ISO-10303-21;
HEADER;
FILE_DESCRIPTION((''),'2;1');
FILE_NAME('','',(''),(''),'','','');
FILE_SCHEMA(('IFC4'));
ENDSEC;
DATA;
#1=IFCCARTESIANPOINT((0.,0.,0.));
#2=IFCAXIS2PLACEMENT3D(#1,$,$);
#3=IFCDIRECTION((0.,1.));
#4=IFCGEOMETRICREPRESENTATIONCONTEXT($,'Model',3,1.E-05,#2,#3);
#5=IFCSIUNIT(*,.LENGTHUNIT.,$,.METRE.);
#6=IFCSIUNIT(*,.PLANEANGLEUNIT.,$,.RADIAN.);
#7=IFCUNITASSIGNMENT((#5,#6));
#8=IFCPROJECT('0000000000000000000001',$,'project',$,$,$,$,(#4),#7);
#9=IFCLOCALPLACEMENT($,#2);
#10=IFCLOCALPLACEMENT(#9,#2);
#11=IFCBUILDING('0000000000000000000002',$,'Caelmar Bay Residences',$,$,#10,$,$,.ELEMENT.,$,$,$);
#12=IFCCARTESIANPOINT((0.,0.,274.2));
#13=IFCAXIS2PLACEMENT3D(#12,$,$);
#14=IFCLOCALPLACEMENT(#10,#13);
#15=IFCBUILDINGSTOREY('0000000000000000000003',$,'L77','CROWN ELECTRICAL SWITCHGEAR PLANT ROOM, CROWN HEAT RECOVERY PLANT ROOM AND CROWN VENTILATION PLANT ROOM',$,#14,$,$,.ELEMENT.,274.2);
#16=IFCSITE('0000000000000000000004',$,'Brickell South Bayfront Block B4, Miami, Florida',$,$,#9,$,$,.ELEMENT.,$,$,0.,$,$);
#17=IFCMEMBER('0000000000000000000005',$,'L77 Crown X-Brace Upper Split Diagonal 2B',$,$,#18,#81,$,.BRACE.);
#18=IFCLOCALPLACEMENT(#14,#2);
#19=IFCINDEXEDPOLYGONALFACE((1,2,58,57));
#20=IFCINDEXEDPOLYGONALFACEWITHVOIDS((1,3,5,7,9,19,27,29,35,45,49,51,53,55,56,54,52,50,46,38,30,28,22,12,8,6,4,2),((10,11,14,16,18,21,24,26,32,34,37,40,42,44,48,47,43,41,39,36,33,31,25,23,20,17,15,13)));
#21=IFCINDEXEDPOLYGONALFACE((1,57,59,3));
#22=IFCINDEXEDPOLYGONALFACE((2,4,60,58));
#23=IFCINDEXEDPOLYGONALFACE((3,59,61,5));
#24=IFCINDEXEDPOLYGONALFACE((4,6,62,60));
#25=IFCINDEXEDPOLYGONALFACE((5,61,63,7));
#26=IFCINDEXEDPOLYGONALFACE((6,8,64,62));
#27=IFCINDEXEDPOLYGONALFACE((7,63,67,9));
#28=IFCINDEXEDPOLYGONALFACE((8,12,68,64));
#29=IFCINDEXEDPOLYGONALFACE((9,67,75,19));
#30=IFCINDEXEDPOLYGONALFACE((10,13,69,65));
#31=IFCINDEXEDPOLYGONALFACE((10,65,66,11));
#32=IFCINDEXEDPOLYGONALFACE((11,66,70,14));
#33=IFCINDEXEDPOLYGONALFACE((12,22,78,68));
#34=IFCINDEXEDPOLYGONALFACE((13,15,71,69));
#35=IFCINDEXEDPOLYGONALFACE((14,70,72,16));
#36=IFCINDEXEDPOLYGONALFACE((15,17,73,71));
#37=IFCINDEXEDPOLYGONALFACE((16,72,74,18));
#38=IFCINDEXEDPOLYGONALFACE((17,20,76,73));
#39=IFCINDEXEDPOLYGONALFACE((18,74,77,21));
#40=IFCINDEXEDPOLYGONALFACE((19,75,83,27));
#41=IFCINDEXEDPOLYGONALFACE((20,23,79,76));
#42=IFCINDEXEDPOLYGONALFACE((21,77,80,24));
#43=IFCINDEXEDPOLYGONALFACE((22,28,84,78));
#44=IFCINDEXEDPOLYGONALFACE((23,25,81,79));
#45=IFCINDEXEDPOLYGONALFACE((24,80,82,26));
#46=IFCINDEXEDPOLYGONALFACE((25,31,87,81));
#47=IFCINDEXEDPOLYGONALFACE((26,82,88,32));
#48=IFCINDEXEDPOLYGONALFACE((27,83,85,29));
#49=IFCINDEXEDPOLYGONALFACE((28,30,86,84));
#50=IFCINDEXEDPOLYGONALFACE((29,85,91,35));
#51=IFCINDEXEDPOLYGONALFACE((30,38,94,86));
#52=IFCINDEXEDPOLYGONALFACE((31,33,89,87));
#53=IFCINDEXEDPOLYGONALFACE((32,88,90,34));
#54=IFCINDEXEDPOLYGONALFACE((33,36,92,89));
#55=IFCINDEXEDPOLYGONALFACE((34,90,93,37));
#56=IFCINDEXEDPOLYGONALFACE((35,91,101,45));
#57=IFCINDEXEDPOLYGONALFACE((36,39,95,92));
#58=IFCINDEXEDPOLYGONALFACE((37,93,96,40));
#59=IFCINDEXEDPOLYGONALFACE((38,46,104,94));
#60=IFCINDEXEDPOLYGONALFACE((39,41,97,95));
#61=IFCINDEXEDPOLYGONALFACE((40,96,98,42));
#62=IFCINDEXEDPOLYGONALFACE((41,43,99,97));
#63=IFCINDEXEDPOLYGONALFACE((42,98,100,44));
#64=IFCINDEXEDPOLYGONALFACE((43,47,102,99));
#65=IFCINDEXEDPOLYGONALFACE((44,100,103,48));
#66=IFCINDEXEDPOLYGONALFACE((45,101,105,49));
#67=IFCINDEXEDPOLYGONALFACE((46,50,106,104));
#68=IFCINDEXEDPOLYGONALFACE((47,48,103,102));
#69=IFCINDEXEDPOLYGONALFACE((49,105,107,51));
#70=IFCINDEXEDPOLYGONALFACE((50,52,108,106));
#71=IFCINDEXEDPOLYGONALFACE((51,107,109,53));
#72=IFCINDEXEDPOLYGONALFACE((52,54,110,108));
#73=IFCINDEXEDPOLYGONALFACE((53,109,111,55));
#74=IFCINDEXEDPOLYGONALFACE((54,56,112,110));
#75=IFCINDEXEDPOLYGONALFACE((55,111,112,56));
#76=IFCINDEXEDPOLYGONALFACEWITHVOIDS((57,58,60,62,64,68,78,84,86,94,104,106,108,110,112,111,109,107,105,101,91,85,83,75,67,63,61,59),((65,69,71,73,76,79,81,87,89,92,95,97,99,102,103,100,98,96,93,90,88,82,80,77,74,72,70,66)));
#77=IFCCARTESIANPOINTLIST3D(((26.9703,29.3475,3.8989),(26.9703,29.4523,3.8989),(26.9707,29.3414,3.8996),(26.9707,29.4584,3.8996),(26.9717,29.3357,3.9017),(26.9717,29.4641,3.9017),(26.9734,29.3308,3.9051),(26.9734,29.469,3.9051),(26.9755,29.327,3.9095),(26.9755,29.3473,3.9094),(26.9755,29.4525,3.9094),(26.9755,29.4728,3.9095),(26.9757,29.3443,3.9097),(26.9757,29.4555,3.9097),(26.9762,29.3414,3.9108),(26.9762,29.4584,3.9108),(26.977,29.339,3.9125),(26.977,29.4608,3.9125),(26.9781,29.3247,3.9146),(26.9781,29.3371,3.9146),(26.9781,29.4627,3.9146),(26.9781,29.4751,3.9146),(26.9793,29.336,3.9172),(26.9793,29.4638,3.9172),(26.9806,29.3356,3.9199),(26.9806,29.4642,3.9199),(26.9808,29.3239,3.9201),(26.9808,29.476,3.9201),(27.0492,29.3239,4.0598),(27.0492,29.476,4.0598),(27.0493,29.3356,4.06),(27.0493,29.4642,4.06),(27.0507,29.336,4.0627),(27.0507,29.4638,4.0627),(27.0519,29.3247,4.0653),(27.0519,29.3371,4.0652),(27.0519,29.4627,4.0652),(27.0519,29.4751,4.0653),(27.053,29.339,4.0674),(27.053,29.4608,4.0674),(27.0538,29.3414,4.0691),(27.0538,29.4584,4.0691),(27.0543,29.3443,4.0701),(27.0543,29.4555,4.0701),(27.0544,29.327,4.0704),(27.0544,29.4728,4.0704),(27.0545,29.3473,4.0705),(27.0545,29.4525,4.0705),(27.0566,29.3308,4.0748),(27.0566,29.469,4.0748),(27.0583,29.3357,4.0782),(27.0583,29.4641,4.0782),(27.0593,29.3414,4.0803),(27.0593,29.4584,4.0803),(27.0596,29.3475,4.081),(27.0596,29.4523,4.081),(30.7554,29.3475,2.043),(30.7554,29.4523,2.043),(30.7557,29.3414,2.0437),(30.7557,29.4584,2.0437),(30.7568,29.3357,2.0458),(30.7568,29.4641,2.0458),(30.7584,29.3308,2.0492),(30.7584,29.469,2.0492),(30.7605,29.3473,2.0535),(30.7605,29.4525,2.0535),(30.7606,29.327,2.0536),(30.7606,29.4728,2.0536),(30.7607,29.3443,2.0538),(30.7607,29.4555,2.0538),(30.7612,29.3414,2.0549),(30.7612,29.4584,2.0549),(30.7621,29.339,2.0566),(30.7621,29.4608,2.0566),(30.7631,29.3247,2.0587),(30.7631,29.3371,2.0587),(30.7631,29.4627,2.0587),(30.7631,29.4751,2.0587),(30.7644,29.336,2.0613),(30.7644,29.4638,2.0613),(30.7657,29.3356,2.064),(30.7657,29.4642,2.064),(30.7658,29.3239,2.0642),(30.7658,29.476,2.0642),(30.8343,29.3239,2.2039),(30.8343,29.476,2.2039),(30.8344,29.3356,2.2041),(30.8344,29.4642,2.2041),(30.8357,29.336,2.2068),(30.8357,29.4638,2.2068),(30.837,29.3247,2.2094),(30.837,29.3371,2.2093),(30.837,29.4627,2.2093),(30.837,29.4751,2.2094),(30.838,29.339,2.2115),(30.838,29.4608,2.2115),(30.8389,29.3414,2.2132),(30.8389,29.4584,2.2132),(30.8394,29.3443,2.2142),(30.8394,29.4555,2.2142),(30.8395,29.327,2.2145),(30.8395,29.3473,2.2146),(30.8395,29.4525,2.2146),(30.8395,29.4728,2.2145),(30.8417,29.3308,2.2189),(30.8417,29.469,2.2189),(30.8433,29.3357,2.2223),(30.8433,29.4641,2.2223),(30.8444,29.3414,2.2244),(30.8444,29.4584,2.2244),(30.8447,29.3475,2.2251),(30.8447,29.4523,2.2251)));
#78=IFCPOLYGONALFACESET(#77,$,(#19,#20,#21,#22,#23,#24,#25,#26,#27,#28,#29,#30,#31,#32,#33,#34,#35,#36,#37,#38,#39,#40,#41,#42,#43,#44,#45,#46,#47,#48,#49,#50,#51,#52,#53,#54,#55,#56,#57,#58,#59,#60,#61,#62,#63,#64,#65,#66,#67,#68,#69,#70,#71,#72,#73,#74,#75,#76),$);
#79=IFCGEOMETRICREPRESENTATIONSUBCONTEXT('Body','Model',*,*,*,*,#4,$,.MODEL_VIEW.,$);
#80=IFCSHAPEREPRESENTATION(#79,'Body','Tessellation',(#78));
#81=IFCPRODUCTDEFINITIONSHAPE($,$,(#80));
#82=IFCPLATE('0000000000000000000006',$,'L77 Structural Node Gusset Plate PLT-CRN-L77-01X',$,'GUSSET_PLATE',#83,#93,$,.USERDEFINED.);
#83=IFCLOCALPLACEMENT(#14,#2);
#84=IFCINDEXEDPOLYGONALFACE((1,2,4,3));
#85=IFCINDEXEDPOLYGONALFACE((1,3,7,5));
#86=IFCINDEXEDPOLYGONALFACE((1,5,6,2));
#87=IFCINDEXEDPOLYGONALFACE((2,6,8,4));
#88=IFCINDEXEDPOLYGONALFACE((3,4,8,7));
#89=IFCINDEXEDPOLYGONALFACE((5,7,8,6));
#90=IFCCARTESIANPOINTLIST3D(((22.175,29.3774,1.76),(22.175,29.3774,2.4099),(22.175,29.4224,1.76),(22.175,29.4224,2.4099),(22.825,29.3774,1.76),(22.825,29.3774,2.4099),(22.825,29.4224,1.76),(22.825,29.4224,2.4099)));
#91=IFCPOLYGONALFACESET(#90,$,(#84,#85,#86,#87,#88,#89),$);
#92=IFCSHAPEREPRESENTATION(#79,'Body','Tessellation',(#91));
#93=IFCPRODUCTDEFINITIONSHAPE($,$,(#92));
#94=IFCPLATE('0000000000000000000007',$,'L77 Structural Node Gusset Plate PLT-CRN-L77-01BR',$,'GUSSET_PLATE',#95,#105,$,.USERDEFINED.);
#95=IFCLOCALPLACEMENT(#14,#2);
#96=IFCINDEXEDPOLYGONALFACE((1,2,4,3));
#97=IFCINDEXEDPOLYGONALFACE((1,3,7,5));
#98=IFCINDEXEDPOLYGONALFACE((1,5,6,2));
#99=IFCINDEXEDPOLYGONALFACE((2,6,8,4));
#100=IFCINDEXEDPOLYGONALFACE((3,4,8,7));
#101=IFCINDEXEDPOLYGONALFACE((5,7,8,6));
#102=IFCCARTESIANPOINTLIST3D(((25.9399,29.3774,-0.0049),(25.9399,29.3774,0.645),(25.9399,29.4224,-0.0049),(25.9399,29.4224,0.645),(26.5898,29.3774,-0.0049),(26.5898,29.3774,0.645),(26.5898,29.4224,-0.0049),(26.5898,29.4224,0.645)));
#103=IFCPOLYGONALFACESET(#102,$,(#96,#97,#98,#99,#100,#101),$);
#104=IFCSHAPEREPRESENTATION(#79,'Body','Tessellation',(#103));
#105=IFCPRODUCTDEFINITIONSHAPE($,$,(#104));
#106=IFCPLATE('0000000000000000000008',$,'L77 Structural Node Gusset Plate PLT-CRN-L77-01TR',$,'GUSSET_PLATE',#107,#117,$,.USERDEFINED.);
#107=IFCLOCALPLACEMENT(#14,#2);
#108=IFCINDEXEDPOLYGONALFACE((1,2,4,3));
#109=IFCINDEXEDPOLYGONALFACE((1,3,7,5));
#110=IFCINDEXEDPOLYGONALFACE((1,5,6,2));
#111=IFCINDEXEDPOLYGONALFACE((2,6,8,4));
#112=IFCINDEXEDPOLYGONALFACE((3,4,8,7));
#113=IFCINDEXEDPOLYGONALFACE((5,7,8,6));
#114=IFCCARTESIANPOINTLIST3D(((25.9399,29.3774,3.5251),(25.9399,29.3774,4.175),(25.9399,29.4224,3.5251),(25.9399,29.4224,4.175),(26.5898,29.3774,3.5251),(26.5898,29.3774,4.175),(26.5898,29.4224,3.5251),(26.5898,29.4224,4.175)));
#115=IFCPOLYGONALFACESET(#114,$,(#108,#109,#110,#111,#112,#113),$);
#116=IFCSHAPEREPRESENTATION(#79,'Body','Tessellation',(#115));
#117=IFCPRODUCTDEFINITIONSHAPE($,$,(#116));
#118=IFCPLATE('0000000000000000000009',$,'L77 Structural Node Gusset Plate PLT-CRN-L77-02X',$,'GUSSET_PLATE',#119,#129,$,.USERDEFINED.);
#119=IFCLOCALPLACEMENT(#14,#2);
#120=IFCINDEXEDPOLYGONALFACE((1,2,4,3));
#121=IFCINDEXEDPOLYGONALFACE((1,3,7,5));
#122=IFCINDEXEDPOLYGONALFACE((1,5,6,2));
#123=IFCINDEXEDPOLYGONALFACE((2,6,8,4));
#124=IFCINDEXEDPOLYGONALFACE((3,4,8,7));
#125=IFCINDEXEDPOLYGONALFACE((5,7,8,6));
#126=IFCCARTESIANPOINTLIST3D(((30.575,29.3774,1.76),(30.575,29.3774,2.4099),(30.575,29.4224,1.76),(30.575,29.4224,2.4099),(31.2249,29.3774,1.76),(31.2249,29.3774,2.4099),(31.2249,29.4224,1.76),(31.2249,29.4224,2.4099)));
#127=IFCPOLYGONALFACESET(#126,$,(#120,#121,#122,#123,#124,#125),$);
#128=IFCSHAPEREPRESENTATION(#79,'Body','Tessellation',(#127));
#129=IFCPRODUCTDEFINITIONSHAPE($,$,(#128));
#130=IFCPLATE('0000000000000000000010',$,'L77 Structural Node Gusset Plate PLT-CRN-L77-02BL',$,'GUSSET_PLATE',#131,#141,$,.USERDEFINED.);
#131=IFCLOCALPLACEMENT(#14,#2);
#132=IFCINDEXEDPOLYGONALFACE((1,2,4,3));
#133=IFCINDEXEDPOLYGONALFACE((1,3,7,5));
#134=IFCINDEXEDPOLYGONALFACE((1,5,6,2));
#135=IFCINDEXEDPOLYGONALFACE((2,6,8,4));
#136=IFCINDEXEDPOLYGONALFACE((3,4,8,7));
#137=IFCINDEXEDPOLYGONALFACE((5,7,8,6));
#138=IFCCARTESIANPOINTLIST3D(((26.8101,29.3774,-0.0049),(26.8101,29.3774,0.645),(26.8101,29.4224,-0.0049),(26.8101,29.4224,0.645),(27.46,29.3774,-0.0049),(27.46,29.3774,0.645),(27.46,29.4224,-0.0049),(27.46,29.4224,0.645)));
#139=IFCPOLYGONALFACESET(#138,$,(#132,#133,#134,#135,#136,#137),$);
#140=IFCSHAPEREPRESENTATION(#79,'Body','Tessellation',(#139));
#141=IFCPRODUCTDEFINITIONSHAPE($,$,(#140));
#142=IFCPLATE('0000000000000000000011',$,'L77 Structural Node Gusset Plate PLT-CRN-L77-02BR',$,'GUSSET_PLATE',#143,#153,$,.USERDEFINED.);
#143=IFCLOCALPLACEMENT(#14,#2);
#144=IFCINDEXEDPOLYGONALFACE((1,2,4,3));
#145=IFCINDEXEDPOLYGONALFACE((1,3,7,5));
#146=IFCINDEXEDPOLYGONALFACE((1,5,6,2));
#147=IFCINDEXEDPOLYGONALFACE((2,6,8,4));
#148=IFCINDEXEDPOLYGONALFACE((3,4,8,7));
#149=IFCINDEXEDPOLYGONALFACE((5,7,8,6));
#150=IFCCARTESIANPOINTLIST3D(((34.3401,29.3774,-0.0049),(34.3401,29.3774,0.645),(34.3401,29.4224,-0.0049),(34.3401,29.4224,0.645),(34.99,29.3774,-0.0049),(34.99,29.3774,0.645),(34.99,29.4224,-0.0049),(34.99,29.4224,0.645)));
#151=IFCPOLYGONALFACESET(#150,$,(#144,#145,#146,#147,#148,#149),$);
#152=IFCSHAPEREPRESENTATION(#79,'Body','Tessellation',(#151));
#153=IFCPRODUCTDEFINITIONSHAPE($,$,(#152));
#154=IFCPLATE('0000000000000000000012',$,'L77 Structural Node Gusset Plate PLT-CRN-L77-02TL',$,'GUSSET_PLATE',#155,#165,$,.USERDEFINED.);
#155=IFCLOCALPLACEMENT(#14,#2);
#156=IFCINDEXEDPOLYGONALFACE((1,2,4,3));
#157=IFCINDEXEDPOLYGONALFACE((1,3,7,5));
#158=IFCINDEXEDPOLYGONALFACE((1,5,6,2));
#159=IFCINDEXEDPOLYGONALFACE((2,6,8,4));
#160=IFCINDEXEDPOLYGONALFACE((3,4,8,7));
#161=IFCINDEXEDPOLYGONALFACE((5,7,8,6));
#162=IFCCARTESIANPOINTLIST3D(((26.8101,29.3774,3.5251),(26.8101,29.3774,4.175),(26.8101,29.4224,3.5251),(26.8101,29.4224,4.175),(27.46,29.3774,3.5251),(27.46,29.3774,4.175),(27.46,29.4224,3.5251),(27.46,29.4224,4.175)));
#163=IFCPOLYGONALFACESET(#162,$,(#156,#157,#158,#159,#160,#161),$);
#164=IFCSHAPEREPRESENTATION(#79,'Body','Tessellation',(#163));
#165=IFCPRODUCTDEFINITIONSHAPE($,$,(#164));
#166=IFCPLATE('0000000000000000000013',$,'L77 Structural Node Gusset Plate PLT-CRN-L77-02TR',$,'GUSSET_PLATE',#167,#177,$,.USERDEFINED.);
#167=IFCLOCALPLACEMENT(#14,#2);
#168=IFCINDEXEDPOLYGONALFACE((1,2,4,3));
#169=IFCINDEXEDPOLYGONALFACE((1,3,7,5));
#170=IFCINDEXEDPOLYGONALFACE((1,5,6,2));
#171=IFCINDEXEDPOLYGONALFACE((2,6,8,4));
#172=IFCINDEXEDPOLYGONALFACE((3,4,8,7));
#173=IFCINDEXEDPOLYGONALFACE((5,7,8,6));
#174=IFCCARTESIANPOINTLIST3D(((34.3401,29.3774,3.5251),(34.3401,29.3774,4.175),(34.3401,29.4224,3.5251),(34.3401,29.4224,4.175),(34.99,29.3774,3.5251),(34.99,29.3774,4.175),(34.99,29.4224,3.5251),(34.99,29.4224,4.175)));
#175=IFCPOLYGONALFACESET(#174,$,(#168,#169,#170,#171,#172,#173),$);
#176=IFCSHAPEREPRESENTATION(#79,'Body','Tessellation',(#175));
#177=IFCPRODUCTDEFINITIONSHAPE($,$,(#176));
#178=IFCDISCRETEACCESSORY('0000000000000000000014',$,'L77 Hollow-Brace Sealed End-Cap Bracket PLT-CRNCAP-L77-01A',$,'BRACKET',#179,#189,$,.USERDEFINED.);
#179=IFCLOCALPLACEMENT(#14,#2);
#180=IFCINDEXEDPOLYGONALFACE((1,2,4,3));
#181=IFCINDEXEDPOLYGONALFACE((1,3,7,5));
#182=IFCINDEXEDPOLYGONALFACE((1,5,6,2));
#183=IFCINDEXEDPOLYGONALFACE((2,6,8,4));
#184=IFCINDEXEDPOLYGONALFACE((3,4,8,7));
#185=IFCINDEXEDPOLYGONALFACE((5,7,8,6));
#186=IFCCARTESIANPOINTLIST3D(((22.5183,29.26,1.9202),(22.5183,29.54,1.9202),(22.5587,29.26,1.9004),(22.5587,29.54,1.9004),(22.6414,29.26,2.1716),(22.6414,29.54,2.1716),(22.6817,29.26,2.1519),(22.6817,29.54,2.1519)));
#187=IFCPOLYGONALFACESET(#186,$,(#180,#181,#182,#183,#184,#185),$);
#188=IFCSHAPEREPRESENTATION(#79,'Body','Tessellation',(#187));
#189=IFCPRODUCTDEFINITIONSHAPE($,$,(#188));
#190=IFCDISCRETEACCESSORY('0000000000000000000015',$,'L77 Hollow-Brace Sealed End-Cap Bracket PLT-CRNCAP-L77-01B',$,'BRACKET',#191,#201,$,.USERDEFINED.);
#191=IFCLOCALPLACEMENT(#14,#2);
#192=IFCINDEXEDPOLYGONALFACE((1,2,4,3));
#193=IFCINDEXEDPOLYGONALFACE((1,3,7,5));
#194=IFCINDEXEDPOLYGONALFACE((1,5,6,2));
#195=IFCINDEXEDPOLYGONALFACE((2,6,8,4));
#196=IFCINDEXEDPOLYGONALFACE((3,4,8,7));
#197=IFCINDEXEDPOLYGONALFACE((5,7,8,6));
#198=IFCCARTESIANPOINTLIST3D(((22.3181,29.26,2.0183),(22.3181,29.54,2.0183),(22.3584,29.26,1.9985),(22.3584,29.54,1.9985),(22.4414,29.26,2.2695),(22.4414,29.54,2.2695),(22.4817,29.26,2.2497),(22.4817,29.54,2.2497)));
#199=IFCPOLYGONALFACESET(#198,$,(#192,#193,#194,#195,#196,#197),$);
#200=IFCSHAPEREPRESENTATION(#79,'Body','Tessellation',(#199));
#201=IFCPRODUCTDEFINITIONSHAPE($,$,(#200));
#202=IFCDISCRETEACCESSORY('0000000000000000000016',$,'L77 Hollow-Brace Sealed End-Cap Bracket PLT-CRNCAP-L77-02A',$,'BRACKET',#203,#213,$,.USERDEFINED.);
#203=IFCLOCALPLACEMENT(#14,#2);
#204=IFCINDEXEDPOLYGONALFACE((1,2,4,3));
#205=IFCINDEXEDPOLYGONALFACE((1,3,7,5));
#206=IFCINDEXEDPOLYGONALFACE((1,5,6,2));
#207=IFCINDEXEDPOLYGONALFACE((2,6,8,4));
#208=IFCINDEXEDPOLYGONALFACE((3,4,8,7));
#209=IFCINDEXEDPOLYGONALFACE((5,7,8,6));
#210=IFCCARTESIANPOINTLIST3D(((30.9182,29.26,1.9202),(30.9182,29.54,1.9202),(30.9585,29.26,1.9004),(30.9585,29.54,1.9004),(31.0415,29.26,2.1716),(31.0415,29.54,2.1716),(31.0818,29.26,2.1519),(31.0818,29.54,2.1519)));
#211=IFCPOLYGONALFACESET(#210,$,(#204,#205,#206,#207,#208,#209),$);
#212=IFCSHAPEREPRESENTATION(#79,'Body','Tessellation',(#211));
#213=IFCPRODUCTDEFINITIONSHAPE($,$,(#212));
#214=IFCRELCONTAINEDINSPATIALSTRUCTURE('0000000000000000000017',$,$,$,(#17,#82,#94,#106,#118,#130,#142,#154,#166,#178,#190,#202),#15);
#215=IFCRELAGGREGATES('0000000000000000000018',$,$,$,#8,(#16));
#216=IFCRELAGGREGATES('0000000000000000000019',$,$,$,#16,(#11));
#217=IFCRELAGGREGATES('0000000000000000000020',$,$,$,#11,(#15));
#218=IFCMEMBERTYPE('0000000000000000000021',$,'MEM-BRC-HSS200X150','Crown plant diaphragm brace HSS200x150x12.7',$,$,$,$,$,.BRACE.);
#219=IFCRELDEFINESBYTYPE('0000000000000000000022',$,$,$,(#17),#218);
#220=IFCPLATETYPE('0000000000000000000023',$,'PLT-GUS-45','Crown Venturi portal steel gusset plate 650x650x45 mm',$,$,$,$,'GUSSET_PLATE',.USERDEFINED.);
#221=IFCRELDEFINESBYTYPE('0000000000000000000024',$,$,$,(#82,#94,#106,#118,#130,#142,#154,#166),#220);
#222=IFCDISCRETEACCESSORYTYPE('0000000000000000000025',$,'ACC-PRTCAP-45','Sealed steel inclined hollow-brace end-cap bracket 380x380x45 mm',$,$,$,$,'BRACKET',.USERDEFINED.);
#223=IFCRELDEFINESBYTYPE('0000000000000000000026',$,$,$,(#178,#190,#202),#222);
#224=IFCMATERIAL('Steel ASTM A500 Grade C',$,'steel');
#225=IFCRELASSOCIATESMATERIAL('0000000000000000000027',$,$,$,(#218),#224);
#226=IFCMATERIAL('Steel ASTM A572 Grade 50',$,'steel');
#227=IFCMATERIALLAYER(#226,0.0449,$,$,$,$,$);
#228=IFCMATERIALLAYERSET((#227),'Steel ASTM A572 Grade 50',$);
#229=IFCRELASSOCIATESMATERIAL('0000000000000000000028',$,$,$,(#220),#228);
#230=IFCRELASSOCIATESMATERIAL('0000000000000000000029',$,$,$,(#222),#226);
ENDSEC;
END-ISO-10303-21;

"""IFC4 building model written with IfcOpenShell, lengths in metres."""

from ifc_helpers import new_model, si_unit, direction, frame, origin, origin_2d, place, context, subcontext, project, spatial, polyline, rectangle, hollow_rectangle, outline, extrude, material, layer, layer_set, material_profile, profile_set, type_object, element, save


model = new_model("IFC4")

# Units and contexts
model_context = context("Model", 3, precision=1e-05, world=origin(), true_north=direction((0.0, 1.0)))
body_context = subcontext(model_context, "Body", "Model", "MODEL_VIEW")
ifc_project = project(units=[si_unit("LENGTHUNIT", "METRE"), si_unit("PLANEANGLEUNIT", "RADIAN")], contexts=[model_context])

# Site, building, storey
site_placement = place(None, origin())
site = spatial("IfcSite", under=ifc_project, at=site_placement, Name="Brickell South Bayfront Block B4, Miami, Florida", CompositionType="ELEMENT", RefElevation=0.0)
building_placement = place(site_placement, origin())
building = spatial("IfcBuilding", under=site, at=building_placement, Name="Caelmar Bay Residences", CompositionType="ELEMENT")
storey_placement = place(building_placement, frame((0.0, 0.0, 274.2)))
storey = spatial("IfcBuildingStorey", under=building, at=storey_placement, Name="L77", Description="CROWN ELECTRICAL SWITCHGEAR PLANT ROOM, CROWN HEAT RECOVERY PLANT ROOM AND CROWN VENTILATION PLANT ROOM", CompositionType="ELEMENT", Elevation=274.2)

# Member
ifc_material_1 = material(Name="Steel ASTM A500 Grade C", Category="steel")
ifc_material_profile_1 = material_profile(ifc_material_1, hollow_rectangle(XDim=0.1521, YDim=0.2029, WallThickness=0.0117, InnerFilletRadius=0.0117, OuterFilletRadius=0.0237, at=origin_2d()), Name="HSS200X150X12.7")
ifc_profile_set_1 = profile_set([ifc_material_profile_1], Name="Steel ASTM A500 Grade C")
member_type = type_object("IfcMemberType", Name="MEM-BRC-HSS200X150", Description="Crown plant diaphragm brace HSS200x150x12.7", PredefinedType="BRACE", material=ifc_profile_set_1)
member_1_placement = place(storey_placement, frame((30.8, 29.3999, 2.134), z_axis=(-0.897875, 0.0, 0.440251), x_axis=(0.0, -1.0, 0.0)))
element("IfcMember", 1, at=member_1_placement, inside=storey, type_object=member_type, Name="L77 Crown X-Brace Upper Split Diagonal 2B", PredefinedType="BRACE", context=body_context, shape_type="SweptSolid", body=[
    extrude(hollow_rectangle(XDim=0.1521, YDim=0.2029, WallThickness=0.0117, InnerFilletRadius=0.0117, OuterFilletRadius=0.0237, at=origin_2d()), origin(), (0.0, 0.0, 1.0), 4.2156),
])

# Plates
ifc_material_2 = material(Name="Steel ASTM A572 Grade 50", Category="steel")
ifc_layer = layer(ifc_material_2, 0.0449)
ifc_layer_set = layer_set([ifc_layer], Name="Steel ASTM A572 Grade 50")
plate_type = type_object("IfcPlateType", Name="PLT-GUS-45", Description="Crown Venturi portal steel gusset plate 650x650x45 mm", ElementType="GUSSET_PLATE", PredefinedType="USERDEFINED", material=ifc_layer_set)
for number, where, z_axis, x_axis, name in (
    (2, (22.5, 29.3999, 1.76), (0.0, 0.0, 1.0), (1.0, 0.0, 0.0), "L77 Structural Node Gusset Plate PLT-CRN-L77-01X"),
    (3, (26.2649, 29.3999, -0.0049), (0.0, 0.0, 1.0), (1.0, 0.0, 0.0), "L77 Structural Node Gusset Plate PLT-CRN-L77-01BR"),
    (4, (26.2649, 29.3999, 3.5251), (0.0, 0.0, 1.0), (1.0, 0.0, 0.0), "L77 Structural Node Gusset Plate PLT-CRN-L77-01TR"),
    (5, (30.8999, 29.3999, 1.76), (0.0, 0.0, 1.0), (1.0, 0.0, 0.0), "L77 Structural Node Gusset Plate PLT-CRN-L77-02X"),
    (6, (27.135, 29.3999, -0.0049), (0.0, 0.0, 1.0), (1.0, 0.0, 0.0), "L77 Structural Node Gusset Plate PLT-CRN-L77-02BL"),
    (7, (34.665, 29.3999, -0.0049), (0.0, 0.0, 1.0), (1.0, 0.0, 0.0), "L77 Structural Node Gusset Plate PLT-CRN-L77-02BR"),
    (8, (27.135, 29.3999, 3.5251), (0.0, 0.0, 1.0), (1.0, 0.0, 0.0), "L77 Structural Node Gusset Plate PLT-CRN-L77-02TL"),
    (9, (34.665, 29.3999, 3.5251), (0.0, 0.0, 1.0), (1.0, 0.0, 0.0), "L77 Structural Node Gusset Plate PLT-CRN-L77-02TR"),
):
    element("IfcPlate", number, at=place(storey_placement, frame(where, z_axis=z_axis, x_axis=x_axis)), inside=storey, type_object=plate_type, Name=name, ObjectType="GUSSET_PLATE", PredefinedType="USERDEFINED", context=body_context, shape_type="SweptSolid", body=[
        extrude(rectangle(XDim=0.6499, YDim=0.0449, at=origin_2d()), origin(), (0.0, 0.0, 1.0), 0.6499),
    ])

# Discrete accessories
discrete_accessory_type = type_object("IfcDiscreteAccessoryType", Name="ACC-PRTCAP-45", Description="Sealed steel inclined hollow-brace end-cap bracket 380x380x45 mm", ElementType="BRACKET", PredefinedType="USERDEFINED", material=ifc_material_2)
discrete_accessory_1_placement = place(storey_placement, frame((22.5183, 29.26, 1.9202), z_axis=(-0.898231, 0.0, 0.439523), x_axis=(0.0, 1.0, 0.0)))
element("IfcDiscreteAccessory", 10, at=discrete_accessory_1_placement, inside=storey, type_object=discrete_accessory_type, Name="L77 Hollow-Brace Sealed End-Cap Bracket PLT-CRNCAP-L77-01A", ObjectType="BRACKET", PredefinedType="USERDEFINED", context=body_context, shape_type="SweptSolid", body=[
    extrude(outline(polyline([(0.0, 0.0), (0.28, 0.0), (0.28, -0.28), (0.0, -0.28), (0.0, 0.0)])), origin(), (0.0, 0.0, -1.0), 0.0449),
])
discrete_accessory_2_placement = place(storey_placement, frame((22.3181, 29.54, 2.0183), z_axis=(-0.897718, 0.0, 0.440571), x_axis=(0.0, -1.0, 0.0)))
element("IfcDiscreteAccessory", 11, at=discrete_accessory_2_placement, inside=storey, type_object=discrete_accessory_type, Name="L77 Hollow-Brace Sealed End-Cap Bracket PLT-CRNCAP-L77-01B", ObjectType="BRACKET", PredefinedType="USERDEFINED", context=body_context, shape_type="SweptSolid", body=[
    extrude(outline(polyline([(0.0, 0.0), (0.28, 0.0), (0.28, 0.2798), (0.0, 0.2798), (0.0, 0.0)])), origin(), (0.0, 0.0, -1.0), 0.0449),
])
discrete_accessory_3_placement = place(storey_placement, frame((30.9182, 29.26, 1.9202), z_axis=(-0.897887, 0.0, 0.440226), x_axis=(0.0, 1.0, 0.0)))
element("IfcDiscreteAccessory", 12, at=discrete_accessory_3_placement, inside=storey, type_object=discrete_accessory_type, Name="L77 Hollow-Brace Sealed End-Cap Bracket PLT-CRNCAP-L77-02A", ObjectType="BRACKET", PredefinedType="USERDEFINED", context=body_context, shape_type="SweptSolid", body=[
    extrude(outline(polyline([(0.0, 0.0), (0.28, 0.0), (0.28, -0.2801), (0.0, -0.2801), (0.0, 0.0)])), origin(), (0.0, 0.0, -1.0), 0.0449),
])

save(model, "model.ifc")
